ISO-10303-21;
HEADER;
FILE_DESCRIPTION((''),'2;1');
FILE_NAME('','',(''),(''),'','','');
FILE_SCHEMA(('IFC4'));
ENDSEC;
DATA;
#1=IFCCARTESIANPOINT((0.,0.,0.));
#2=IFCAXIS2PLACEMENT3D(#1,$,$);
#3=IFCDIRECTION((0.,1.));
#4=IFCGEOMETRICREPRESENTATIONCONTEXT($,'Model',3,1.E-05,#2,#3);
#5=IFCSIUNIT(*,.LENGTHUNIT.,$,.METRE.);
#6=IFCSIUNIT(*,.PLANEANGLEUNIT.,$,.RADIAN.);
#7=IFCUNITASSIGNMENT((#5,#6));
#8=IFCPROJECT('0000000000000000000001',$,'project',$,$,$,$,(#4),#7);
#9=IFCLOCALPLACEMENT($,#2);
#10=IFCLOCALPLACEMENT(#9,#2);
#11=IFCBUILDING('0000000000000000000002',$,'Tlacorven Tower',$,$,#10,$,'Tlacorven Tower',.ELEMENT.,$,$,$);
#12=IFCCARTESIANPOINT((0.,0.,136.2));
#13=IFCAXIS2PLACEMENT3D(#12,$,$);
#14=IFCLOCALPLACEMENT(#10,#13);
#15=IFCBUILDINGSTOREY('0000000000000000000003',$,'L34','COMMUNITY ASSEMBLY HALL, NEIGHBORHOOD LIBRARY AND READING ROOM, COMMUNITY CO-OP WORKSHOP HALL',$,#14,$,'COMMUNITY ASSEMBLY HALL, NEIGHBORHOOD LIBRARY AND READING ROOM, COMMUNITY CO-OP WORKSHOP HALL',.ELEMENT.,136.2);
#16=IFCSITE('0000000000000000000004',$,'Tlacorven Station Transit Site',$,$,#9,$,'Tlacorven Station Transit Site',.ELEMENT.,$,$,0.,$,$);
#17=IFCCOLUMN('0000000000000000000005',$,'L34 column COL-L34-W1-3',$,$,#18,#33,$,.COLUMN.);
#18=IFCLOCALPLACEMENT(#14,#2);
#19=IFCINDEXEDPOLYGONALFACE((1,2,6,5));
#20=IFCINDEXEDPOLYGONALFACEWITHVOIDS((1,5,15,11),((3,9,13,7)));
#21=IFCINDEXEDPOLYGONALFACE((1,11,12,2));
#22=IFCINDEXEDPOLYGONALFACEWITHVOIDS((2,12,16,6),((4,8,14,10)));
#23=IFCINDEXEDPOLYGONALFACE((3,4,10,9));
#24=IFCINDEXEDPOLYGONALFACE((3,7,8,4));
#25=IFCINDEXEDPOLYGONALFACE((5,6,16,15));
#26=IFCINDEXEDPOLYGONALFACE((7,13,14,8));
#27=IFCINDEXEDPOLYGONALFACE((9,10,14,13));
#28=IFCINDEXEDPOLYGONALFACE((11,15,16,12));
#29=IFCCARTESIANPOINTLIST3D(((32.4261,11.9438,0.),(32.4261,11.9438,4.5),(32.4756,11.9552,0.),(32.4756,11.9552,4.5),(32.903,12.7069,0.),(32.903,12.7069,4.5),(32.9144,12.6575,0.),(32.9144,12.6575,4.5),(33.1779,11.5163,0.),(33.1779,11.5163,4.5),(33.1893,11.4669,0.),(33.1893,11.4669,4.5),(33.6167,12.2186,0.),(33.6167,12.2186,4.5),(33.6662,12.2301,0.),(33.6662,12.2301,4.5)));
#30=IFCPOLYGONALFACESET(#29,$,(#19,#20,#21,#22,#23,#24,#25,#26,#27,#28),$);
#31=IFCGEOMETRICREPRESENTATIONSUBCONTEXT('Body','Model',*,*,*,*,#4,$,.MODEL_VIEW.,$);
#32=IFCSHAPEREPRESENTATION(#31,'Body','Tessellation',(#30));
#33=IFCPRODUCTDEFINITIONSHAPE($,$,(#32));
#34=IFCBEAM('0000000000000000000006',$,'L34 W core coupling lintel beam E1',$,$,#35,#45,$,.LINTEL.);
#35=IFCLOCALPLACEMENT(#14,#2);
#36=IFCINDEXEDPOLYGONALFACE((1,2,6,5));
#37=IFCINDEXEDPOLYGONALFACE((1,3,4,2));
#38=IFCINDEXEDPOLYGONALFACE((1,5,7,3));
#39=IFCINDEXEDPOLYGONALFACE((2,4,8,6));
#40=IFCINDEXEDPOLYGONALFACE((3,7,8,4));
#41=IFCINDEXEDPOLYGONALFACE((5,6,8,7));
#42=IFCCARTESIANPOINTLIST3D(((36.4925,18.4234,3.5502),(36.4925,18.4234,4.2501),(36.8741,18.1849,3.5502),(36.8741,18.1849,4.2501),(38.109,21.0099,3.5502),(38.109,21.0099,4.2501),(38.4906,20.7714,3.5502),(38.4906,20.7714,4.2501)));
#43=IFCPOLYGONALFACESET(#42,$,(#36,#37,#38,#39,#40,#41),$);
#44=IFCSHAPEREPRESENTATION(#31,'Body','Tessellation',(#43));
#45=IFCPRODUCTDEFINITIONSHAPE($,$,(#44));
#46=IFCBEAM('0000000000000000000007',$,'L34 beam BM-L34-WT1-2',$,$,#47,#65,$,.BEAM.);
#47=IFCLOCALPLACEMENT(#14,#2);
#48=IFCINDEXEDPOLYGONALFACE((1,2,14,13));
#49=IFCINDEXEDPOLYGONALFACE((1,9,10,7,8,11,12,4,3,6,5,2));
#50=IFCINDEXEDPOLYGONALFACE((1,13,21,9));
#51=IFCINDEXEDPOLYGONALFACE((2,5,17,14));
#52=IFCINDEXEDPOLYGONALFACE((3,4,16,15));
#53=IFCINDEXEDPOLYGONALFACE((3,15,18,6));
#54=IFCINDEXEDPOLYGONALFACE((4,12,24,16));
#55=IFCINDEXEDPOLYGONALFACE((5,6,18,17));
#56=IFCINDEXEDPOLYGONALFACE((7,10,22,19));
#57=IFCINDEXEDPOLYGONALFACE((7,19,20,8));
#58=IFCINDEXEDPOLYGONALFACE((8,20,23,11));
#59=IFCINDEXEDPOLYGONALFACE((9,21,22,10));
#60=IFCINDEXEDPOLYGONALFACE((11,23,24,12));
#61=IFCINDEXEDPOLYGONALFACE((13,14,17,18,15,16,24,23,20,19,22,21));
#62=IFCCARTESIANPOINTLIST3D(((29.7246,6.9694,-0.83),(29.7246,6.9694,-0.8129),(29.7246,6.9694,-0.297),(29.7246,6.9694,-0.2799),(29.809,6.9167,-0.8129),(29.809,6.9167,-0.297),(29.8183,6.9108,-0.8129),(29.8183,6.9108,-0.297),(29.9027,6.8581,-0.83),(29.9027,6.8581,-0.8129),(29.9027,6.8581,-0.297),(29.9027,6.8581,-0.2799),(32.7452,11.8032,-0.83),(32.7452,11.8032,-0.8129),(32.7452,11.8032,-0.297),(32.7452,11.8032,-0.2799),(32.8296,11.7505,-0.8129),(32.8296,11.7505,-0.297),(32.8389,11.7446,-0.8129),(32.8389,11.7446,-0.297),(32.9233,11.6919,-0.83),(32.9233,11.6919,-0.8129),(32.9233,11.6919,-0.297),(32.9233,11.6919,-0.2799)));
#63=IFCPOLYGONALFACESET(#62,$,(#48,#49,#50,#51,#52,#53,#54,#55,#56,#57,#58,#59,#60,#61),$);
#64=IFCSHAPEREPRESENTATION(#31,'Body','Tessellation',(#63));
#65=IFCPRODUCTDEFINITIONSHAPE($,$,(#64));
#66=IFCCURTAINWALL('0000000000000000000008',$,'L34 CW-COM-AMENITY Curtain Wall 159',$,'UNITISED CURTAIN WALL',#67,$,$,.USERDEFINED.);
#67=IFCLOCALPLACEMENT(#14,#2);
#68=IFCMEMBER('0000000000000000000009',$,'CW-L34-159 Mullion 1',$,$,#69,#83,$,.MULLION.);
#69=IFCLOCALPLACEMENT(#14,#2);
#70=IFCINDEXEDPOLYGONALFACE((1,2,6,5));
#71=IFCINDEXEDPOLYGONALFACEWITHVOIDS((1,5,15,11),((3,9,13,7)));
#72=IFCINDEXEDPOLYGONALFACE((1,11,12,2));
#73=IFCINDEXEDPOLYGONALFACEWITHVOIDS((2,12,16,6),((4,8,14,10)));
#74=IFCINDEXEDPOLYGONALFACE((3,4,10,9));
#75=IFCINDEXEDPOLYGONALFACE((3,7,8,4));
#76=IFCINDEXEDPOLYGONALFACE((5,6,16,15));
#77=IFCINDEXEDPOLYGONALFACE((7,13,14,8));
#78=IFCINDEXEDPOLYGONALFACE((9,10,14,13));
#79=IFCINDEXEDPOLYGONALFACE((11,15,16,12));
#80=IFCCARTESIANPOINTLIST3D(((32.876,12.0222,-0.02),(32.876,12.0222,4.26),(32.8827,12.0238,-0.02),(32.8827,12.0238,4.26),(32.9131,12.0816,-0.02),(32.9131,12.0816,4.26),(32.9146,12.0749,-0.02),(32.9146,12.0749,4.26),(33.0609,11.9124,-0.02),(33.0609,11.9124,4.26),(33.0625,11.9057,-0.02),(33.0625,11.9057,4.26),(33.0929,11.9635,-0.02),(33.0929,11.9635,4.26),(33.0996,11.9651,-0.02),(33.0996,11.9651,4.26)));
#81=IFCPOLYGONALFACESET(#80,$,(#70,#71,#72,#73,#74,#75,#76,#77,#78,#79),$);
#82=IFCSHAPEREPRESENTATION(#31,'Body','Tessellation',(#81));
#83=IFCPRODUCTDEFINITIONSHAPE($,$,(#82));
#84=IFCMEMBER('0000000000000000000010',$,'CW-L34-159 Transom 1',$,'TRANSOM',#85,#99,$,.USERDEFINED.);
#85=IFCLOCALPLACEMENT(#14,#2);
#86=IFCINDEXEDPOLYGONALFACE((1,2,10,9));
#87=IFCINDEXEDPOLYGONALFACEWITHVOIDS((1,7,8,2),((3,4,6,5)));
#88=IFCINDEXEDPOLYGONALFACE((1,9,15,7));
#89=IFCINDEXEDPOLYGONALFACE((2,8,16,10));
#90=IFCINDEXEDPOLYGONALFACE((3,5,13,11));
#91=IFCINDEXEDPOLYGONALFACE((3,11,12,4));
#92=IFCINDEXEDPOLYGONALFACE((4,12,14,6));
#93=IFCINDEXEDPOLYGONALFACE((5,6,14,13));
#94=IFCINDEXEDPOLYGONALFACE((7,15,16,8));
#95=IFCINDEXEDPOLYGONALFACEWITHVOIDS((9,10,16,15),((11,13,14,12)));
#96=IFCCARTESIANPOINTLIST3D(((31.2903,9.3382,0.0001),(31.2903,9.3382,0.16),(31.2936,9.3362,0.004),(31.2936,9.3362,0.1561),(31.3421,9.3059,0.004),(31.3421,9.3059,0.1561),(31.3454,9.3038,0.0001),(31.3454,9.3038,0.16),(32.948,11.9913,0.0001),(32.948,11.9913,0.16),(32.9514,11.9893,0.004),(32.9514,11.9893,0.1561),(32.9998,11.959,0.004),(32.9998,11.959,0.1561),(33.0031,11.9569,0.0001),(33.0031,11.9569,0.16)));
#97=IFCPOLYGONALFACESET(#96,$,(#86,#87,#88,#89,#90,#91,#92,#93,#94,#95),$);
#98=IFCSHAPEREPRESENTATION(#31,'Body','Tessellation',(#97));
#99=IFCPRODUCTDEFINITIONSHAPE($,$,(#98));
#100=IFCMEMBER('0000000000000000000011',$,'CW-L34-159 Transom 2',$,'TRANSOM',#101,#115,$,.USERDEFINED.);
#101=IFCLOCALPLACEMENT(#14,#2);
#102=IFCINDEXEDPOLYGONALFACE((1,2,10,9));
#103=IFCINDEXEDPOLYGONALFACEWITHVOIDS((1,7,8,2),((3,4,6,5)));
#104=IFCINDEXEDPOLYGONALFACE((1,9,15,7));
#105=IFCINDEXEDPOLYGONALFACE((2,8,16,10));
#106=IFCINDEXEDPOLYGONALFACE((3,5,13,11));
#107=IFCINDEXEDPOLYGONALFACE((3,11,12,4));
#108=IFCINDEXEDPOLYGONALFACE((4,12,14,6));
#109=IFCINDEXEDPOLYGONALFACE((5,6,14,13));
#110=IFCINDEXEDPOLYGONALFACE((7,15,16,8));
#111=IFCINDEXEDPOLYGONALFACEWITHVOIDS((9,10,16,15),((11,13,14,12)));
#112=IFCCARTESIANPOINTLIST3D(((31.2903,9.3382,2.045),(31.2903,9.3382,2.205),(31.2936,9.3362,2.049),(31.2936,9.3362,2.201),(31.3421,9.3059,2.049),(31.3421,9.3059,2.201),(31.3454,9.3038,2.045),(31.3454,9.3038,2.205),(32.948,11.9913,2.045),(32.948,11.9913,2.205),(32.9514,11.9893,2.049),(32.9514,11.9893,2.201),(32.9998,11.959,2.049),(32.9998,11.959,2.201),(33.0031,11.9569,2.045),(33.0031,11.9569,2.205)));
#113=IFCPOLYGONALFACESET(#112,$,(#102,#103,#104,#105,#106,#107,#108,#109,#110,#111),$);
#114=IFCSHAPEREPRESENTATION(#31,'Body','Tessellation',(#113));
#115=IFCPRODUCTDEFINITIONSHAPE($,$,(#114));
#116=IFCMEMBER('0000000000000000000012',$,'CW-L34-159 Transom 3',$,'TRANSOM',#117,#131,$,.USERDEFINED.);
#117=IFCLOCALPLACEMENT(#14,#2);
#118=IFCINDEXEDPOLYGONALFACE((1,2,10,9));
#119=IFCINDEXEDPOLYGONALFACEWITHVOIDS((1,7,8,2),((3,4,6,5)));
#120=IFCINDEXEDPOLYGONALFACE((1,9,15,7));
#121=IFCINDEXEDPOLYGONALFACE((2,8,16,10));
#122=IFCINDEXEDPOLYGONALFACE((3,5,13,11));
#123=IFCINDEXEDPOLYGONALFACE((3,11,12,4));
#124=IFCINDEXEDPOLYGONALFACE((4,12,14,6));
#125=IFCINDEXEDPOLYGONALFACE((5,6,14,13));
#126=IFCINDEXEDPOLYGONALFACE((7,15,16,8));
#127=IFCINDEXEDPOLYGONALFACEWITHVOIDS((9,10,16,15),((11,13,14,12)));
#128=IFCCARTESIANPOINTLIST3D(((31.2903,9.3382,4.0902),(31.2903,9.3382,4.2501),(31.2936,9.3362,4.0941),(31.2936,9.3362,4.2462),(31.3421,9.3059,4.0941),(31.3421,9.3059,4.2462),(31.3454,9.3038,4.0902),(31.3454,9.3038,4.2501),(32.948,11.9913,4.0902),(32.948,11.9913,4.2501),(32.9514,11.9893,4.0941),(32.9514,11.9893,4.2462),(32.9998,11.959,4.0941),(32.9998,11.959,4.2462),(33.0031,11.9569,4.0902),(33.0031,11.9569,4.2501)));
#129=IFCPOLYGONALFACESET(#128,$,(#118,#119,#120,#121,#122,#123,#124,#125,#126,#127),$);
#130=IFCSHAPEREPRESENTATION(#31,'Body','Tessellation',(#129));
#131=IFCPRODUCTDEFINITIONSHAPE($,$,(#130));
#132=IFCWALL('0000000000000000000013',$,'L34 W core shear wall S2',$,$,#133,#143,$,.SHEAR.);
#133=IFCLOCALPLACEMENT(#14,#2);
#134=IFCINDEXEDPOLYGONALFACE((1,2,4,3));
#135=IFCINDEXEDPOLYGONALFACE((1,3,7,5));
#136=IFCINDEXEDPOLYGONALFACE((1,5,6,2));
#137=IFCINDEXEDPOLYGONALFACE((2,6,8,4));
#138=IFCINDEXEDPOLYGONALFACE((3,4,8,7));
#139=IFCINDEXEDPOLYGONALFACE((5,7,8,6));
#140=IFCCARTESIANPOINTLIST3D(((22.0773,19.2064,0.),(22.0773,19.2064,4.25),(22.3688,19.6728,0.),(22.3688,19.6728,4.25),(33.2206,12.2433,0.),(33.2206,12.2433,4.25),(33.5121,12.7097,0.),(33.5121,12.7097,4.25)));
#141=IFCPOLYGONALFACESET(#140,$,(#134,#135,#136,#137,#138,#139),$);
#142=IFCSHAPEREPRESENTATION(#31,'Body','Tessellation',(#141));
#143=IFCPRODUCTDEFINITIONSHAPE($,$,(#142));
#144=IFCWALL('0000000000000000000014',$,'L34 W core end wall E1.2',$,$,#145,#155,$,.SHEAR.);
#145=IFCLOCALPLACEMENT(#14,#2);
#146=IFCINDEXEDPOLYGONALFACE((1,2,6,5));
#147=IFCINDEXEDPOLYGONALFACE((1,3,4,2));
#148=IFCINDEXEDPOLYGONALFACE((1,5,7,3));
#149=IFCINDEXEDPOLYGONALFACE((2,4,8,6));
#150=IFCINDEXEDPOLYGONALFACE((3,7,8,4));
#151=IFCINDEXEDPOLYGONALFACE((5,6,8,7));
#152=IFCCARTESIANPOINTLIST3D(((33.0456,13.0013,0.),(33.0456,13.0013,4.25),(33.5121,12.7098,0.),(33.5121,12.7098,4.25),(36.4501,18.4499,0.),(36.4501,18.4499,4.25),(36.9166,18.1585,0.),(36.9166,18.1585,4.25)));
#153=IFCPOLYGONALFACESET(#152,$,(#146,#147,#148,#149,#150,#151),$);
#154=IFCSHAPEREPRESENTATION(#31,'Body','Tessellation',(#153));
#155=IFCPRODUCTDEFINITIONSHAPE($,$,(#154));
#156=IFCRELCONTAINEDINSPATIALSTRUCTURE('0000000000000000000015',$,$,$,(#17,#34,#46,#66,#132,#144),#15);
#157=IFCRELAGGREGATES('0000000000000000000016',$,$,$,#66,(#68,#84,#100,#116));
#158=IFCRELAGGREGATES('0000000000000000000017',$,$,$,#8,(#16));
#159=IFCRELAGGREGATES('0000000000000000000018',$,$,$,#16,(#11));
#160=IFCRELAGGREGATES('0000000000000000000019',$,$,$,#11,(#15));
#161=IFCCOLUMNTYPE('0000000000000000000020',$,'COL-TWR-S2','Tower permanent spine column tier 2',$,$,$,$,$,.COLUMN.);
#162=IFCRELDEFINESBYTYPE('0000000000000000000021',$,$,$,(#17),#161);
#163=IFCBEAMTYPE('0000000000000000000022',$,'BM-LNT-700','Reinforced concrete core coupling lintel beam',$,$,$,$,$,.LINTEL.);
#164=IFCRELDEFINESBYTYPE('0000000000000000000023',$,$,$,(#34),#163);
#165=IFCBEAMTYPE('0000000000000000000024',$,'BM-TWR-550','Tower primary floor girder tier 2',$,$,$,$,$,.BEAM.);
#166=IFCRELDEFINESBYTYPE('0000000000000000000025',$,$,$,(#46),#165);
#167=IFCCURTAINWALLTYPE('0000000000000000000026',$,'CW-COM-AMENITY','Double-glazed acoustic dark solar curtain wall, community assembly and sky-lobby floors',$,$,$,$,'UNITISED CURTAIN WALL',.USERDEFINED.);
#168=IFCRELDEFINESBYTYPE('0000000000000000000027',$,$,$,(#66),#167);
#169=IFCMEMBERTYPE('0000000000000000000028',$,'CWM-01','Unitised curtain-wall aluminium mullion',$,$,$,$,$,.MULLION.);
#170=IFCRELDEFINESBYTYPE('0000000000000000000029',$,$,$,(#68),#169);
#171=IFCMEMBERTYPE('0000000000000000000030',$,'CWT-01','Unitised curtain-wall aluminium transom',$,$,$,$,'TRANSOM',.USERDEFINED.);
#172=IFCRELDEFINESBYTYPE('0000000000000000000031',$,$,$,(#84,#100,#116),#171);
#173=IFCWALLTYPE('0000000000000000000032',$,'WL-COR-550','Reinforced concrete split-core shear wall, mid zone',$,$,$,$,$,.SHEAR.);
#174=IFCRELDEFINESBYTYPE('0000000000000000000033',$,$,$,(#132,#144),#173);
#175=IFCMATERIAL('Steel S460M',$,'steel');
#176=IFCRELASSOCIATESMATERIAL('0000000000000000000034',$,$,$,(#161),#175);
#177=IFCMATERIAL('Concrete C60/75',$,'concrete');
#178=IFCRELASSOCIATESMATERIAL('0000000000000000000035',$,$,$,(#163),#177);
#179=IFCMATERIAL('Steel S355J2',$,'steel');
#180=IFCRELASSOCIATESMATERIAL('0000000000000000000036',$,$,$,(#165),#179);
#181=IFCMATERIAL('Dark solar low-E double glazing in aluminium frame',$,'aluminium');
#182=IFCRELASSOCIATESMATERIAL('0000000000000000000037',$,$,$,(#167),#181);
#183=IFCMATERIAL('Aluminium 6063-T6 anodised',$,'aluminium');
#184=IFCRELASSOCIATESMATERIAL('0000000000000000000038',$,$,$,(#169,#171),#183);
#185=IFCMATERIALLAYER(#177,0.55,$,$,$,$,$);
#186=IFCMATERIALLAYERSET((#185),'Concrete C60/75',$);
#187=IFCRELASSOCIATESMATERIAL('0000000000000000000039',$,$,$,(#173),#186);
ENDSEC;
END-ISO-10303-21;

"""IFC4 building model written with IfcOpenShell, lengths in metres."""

from ifc_helpers import new_model, si_unit, direction, frame, frame_2d, origin, origin_2d, place, context, subcontext, project, spatial, rectangle, hollow_rectangle, i_section, extrude, source, transform, mapped, material, layer, layer_set, material_profile, profile_set, type_object, element, aggregate, save


model = new_model("IFC4")

# Units and contexts
model_context = context("Model", 3, precision=1e-05, world=origin(), true_north=direction((0.0, 1.0)))
body_context = subcontext(model_context, "Body", "Model", "MODEL_VIEW")
ifc_project = project(units=[si_unit("LENGTHUNIT", "METRE"), si_unit("PLANEANGLEUNIT", "RADIAN")], contexts=[model_context])

# Site, building, storey
site_placement = place(None, origin())
site = spatial("IfcSite", under=ifc_project, at=site_placement, Name="Tlacorven Station Transit Site", LongName="Tlacorven Station Transit Site", CompositionType="ELEMENT", RefElevation=0.0)
building_placement = place(site_placement, origin())
building = spatial("IfcBuilding", under=site, at=building_placement, Name="Tlacorven Tower", LongName="Tlacorven Tower", CompositionType="ELEMENT")
storey_placement = place(building_placement, frame((0.0, 0.0, 136.2)))
storey = spatial("IfcBuildingStorey", under=building, at=storey_placement, Name="L34", Description="COMMUNITY ASSEMBLY HALL, NEIGHBORHOOD LIBRARY AND READING ROOM, COMMUNITY CO-OP WORKSHOP HALL", LongName="COMMUNITY ASSEMBLY HALL, NEIGHBORHOOD LIBRARY AND READING ROOM, COMMUNITY CO-OP WORKSHOP HALL", CompositionType="ELEMENT", Elevation=136.2)

# Column
ifc_material_1 = material(Name="Steel S460M", Category="steel")
ifc_material_profile_1 = material_profile(ifc_material_1, hollow_rectangle(XDim=0.8999, YDim=0.8999, WallThickness=0.0359, at=origin_2d()), Name="BOX 900X900X36")
ifc_profile_set_1 = profile_set([ifc_material_profile_1], Name="Steel S460M")
column_type = type_object("IfcColumnType", Name="COL-TWR-S2", Description="Tower permanent spine column tier 2", PredefinedType="COLUMN", material=ifc_profile_set_1)
shared_shape_1 = source(origin(), body_context, "Body", "SweptSolid", [
    extrude(hollow_rectangle(XDim=0.8999, YDim=0.8999, WallThickness=0.0359, at=origin_2d()), origin(), (0.0, 0.0, 1.0), 4.5),
])
column_placement = place(storey_placement, frame((33.0461, 12.0869, 0.0), z_axis=(0.0, 0.0, 1.0), x_axis=(-0.848048, 0.529919, 0.0)))
element("IfcColumn", 1, at=column_placement, inside=storey, type_object=column_type, Name="L34 column COL-L34-W1-3", PredefinedType="COLUMN", context=body_context, shape_type="MappedRepresentation", body=[
    mapped(shared_shape_1, transform((0.0, 0.0, 0.0), scale=1.0)),
])

# Beams
ifc_material_2 = material(Name="Concrete C60/75", Category="concrete")
ifc_material_profile_2 = material_profile(ifc_material_2, rectangle(XDim=0.45, YDim=0.7, at=origin_2d()), Name="RC 450X700")
ifc_profile_set_2 = profile_set([ifc_material_profile_2], Name="Concrete C60/75")
beam_type_1 = type_object("IfcBeamType", Name="BM-LNT-700", Description="Reinforced concrete core coupling lintel beam", PredefinedType="LINTEL", material=ifc_profile_set_2)
shared_shape_2 = source(origin(), body_context, "Body", "SweptSolid", [
    extrude(rectangle(XDim=0.45, YDim=0.7, at=origin_2d()), origin(), (0.0, 0.0, 1.0), 3.05),
])
beam_1_placement = place(storey_placement, frame((38.2998, 20.8906, 3.9001), z_axis=(-0.529985, -0.848007, 0.0), x_axis=(0.848007, -0.529985, 0.0)))
element("IfcBeam", 2, at=beam_1_placement, inside=storey, type_object=beam_type_1, Name="L34 W core coupling lintel beam E1", PredefinedType="LINTEL", context=body_context, shape_type="MappedRepresentation", body=[
    mapped(shared_shape_2, transform((0.0, 0.0, 0.0), scale=1.0)),
])
ifc_material_3 = material(Name="Steel S355J2", Category="steel")
ifc_material_profile_3 = material_profile(ifc_material_3, i_section(OverallWidth=0.21, OverallDepth=0.55, WebThickness=0.011, FlangeThickness=0.0171, at=origin_2d()), Name="IPE 550")
ifc_profile_set_3 = profile_set([ifc_material_profile_3], Name="Steel S355J2")
beam_type_2 = type_object("IfcBeamType", Name="BM-TWR-550", Description="Tower primary floor girder tier 2", PredefinedType="BEAM", material=ifc_profile_set_3)
shared_shape_3 = source(origin(), body_context, "Body", "SweptSolid", [
    extrude(i_section(OverallWidth=0.21, OverallDepth=0.55, WebThickness=0.011, FlangeThickness=0.0171, at=origin_2d()), origin(), (0.0, 0.0, 1.0), 5.7),
])
beam_2_placement = place(storey_placement, frame((32.8342, 11.7476, -0.5549), z_axis=(-0.529926, -0.848044, 0.0), x_axis=(0.848044, -0.529926, 0.0)))
element("IfcBeam", 3, at=beam_2_placement, inside=storey, type_object=beam_type_2, Name="L34 beam BM-L34-WT1-2", PredefinedType="BEAM", context=body_context, shape_type="MappedRepresentation", body=[
    mapped(shared_shape_3, transform((0.0, 0.0, 0.0), scale=1.0)),
])

# Curtain wall, members
ifc_material_4 = material(Name="Dark solar low-E double glazing in aluminium frame", Category="aluminium")
curtain_wall_type = type_object("IfcCurtainWallType", Name="CW-COM-AMENITY", Description="Double-glazed acoustic dark solar curtain wall, community assembly and sky-lobby floors", ElementType="UNITISED CURTAIN WALL", PredefinedType="USERDEFINED", material=ifc_material_4)
curtain_wall_placement = place(storey_placement, origin())
curtain_wall = element("IfcCurtainWall", 4, at=curtain_wall_placement, inside=storey, type_object=curtain_wall_type, Name="L34 CW-COM-AMENITY Curtain Wall 159", ObjectType="UNITISED CURTAIN WALL", PredefinedType="USERDEFINED")
ifc_material_5 = material(Name="Aluminium 6063-T6 anodised", Category="aluminium")
ifc_material_profile_4 = material_profile(ifc_material_5, hollow_rectangle(XDim=0.0701, YDim=0.22, WallThickness=0.0049, at=origin_2d()), Name="ALU MULLION 70X220")
ifc_profile_set_4 = profile_set([ifc_material_profile_4], Name="Aluminium 6063-T6 anodised")
member_type_1 = type_object("IfcMemberType", Name="CWM-01", Description="Unitised curtain-wall aluminium mullion", PredefinedType="MULLION", material=ifc_profile_set_4)
shared_shape_4 = source(origin(), body_context, "Body", "SweptSolid", [
    extrude(hollow_rectangle(XDim=0.0701, YDim=0.22, WallThickness=0.0049, at=origin_2d()), origin(), (0.0, 0.0, 1.0), 4.28),
])
member_1_placement = place(storey_placement, frame((32.9878, 11.9937, -0.02), z_axis=(0.0, 0.0, 1.0), x_axis=(-0.529919, -0.848048, 0.0)))
member_1 = element("IfcMember", 5, at=member_1_placement, type_object=member_type_1, Name="CW-L34-159 Mullion 1", PredefinedType="MULLION", context=body_context, shape_type="MappedRepresentation", body=[
    mapped(shared_shape_4, transform((0.0, 0.0, 0.0), scale=1.0)),
])
ifc_material_profile_5 = material_profile(ifc_material_5, hollow_rectangle(XDim=0.0649, YDim=0.1599, WallThickness=0.0039, at=origin_2d()), Name="ALU TRANSOM 65X160")
ifc_profile_set_5 = profile_set([ifc_material_profile_5], Name="Aluminium 6063-T6 anodised")
member_type_2 = type_object("IfcMemberType", Name="CWT-01", Description="Unitised curtain-wall aluminium transom", ElementType="TRANSOM", PredefinedType="USERDEFINED", material=ifc_profile_set_5)
shared_shape_5 = source(origin(), body_context, "Body", "SweptSolid", [
    extrude(hollow_rectangle(XDim=0.0649, YDim=0.1599, WallThickness=0.0039, at=origin_2d()), origin(), (0.0, 0.0, 1.0), 3.1284),
])
member_2_placement = place(storey_placement, frame((32.9756, 11.9741, 0.0801), z_axis=(-0.529894, -0.848064, 0.0), x_axis=(0.848064, -0.529894, 0.0)))
member_2 = element("IfcMember", 6, at=member_2_placement, type_object=member_type_2, Name="CW-L34-159 Transom 1", ObjectType="TRANSOM", PredefinedType="USERDEFINED", context=body_context, shape_type="MappedRepresentation", body=[
    mapped(shared_shape_5, transform((0.0, 0.0, 0.0), scale=1.0)),
])
member_3_placement = place(storey_placement, frame((32.9756, 11.9741, 2.125), z_axis=(-0.529894, -0.848064, 0.0), x_axis=(0.848064, -0.529894, 0.0)))
member_3 = element("IfcMember", 7, at=member_3_placement, type_object=member_type_2, Name="CW-L34-159 Transom 2", ObjectType="TRANSOM", PredefinedType="USERDEFINED", context=body_context, shape_type="MappedRepresentation", body=[
    mapped(shared_shape_5, transform((0.0, 0.0, 0.0), scale=1.0)),
])
member_4_placement = place(storey_placement, frame((32.9756, 11.9741, 4.1702), z_axis=(-0.529894, -0.848064, 0.0), x_axis=(0.848064, -0.529894, 0.0)))
member_4 = element("IfcMember", 8, at=member_4_placement, type_object=member_type_2, Name="CW-L34-159 Transom 3", ObjectType="TRANSOM", PredefinedType="USERDEFINED", context=body_context, shape_type="MappedRepresentation", body=[
    mapped(shared_shape_5, transform((0.0, 0.0, 0.0), scale=1.0)),
])
aggregate(curtain_wall, [member_1, member_2, member_3, member_4])

# Walls
ifc_layer_1 = layer(ifc_material_2, 0.55)
ifc_layer_set_1 = layer_set([ifc_layer_1], Name="Concrete C60/75")
wall_type_1 = type_object("IfcWallType", Name="WL-COR-550", Description="Reinforced concrete split-core shear wall, mid zone", PredefinedType="SHEAR", material=ifc_layer_set_1)
wall_1_placement = place(storey_placement, frame((33.3662, 12.4766, 0.0), z_axis=(0.0, 0.0, 1.0), x_axis=(-0.848047, 0.52992, 0.0)))
element("IfcWall", 9, at=wall_1_placement, inside=storey, type_object=wall_type_1, Name="L34 W core shear wall S2", PredefinedType="SHEAR", context=body_context, shape_type="SweptSolid", body=[
    extrude(rectangle(XDim=13.1399, YDim=0.55, at=frame_2d((6.5698, 0.0))), origin(), (0.0, 0.0, 1.0), 4.25),
])
wall_2_placement = place(storey_placement, frame((36.6833, 18.3042, 0.0), z_axis=(0.0, 0.0, 1.0), x_axis=(-0.529896, -0.848062, 0.0)))
element("IfcWall", 10, at=wall_2_placement, inside=storey, type_object=wall_type_1, Name="L34 W core end wall E1.2", PredefinedType="SHEAR", context=body_context, shape_type="SweptSolid", body=[
    extrude(rectangle(XDim=6.4248, YDim=0.55, at=frame_2d((3.2124, 0.0))), origin(), (0.0, 0.0, 1.0), 4.25),
])

save(model, "model.ifc")
